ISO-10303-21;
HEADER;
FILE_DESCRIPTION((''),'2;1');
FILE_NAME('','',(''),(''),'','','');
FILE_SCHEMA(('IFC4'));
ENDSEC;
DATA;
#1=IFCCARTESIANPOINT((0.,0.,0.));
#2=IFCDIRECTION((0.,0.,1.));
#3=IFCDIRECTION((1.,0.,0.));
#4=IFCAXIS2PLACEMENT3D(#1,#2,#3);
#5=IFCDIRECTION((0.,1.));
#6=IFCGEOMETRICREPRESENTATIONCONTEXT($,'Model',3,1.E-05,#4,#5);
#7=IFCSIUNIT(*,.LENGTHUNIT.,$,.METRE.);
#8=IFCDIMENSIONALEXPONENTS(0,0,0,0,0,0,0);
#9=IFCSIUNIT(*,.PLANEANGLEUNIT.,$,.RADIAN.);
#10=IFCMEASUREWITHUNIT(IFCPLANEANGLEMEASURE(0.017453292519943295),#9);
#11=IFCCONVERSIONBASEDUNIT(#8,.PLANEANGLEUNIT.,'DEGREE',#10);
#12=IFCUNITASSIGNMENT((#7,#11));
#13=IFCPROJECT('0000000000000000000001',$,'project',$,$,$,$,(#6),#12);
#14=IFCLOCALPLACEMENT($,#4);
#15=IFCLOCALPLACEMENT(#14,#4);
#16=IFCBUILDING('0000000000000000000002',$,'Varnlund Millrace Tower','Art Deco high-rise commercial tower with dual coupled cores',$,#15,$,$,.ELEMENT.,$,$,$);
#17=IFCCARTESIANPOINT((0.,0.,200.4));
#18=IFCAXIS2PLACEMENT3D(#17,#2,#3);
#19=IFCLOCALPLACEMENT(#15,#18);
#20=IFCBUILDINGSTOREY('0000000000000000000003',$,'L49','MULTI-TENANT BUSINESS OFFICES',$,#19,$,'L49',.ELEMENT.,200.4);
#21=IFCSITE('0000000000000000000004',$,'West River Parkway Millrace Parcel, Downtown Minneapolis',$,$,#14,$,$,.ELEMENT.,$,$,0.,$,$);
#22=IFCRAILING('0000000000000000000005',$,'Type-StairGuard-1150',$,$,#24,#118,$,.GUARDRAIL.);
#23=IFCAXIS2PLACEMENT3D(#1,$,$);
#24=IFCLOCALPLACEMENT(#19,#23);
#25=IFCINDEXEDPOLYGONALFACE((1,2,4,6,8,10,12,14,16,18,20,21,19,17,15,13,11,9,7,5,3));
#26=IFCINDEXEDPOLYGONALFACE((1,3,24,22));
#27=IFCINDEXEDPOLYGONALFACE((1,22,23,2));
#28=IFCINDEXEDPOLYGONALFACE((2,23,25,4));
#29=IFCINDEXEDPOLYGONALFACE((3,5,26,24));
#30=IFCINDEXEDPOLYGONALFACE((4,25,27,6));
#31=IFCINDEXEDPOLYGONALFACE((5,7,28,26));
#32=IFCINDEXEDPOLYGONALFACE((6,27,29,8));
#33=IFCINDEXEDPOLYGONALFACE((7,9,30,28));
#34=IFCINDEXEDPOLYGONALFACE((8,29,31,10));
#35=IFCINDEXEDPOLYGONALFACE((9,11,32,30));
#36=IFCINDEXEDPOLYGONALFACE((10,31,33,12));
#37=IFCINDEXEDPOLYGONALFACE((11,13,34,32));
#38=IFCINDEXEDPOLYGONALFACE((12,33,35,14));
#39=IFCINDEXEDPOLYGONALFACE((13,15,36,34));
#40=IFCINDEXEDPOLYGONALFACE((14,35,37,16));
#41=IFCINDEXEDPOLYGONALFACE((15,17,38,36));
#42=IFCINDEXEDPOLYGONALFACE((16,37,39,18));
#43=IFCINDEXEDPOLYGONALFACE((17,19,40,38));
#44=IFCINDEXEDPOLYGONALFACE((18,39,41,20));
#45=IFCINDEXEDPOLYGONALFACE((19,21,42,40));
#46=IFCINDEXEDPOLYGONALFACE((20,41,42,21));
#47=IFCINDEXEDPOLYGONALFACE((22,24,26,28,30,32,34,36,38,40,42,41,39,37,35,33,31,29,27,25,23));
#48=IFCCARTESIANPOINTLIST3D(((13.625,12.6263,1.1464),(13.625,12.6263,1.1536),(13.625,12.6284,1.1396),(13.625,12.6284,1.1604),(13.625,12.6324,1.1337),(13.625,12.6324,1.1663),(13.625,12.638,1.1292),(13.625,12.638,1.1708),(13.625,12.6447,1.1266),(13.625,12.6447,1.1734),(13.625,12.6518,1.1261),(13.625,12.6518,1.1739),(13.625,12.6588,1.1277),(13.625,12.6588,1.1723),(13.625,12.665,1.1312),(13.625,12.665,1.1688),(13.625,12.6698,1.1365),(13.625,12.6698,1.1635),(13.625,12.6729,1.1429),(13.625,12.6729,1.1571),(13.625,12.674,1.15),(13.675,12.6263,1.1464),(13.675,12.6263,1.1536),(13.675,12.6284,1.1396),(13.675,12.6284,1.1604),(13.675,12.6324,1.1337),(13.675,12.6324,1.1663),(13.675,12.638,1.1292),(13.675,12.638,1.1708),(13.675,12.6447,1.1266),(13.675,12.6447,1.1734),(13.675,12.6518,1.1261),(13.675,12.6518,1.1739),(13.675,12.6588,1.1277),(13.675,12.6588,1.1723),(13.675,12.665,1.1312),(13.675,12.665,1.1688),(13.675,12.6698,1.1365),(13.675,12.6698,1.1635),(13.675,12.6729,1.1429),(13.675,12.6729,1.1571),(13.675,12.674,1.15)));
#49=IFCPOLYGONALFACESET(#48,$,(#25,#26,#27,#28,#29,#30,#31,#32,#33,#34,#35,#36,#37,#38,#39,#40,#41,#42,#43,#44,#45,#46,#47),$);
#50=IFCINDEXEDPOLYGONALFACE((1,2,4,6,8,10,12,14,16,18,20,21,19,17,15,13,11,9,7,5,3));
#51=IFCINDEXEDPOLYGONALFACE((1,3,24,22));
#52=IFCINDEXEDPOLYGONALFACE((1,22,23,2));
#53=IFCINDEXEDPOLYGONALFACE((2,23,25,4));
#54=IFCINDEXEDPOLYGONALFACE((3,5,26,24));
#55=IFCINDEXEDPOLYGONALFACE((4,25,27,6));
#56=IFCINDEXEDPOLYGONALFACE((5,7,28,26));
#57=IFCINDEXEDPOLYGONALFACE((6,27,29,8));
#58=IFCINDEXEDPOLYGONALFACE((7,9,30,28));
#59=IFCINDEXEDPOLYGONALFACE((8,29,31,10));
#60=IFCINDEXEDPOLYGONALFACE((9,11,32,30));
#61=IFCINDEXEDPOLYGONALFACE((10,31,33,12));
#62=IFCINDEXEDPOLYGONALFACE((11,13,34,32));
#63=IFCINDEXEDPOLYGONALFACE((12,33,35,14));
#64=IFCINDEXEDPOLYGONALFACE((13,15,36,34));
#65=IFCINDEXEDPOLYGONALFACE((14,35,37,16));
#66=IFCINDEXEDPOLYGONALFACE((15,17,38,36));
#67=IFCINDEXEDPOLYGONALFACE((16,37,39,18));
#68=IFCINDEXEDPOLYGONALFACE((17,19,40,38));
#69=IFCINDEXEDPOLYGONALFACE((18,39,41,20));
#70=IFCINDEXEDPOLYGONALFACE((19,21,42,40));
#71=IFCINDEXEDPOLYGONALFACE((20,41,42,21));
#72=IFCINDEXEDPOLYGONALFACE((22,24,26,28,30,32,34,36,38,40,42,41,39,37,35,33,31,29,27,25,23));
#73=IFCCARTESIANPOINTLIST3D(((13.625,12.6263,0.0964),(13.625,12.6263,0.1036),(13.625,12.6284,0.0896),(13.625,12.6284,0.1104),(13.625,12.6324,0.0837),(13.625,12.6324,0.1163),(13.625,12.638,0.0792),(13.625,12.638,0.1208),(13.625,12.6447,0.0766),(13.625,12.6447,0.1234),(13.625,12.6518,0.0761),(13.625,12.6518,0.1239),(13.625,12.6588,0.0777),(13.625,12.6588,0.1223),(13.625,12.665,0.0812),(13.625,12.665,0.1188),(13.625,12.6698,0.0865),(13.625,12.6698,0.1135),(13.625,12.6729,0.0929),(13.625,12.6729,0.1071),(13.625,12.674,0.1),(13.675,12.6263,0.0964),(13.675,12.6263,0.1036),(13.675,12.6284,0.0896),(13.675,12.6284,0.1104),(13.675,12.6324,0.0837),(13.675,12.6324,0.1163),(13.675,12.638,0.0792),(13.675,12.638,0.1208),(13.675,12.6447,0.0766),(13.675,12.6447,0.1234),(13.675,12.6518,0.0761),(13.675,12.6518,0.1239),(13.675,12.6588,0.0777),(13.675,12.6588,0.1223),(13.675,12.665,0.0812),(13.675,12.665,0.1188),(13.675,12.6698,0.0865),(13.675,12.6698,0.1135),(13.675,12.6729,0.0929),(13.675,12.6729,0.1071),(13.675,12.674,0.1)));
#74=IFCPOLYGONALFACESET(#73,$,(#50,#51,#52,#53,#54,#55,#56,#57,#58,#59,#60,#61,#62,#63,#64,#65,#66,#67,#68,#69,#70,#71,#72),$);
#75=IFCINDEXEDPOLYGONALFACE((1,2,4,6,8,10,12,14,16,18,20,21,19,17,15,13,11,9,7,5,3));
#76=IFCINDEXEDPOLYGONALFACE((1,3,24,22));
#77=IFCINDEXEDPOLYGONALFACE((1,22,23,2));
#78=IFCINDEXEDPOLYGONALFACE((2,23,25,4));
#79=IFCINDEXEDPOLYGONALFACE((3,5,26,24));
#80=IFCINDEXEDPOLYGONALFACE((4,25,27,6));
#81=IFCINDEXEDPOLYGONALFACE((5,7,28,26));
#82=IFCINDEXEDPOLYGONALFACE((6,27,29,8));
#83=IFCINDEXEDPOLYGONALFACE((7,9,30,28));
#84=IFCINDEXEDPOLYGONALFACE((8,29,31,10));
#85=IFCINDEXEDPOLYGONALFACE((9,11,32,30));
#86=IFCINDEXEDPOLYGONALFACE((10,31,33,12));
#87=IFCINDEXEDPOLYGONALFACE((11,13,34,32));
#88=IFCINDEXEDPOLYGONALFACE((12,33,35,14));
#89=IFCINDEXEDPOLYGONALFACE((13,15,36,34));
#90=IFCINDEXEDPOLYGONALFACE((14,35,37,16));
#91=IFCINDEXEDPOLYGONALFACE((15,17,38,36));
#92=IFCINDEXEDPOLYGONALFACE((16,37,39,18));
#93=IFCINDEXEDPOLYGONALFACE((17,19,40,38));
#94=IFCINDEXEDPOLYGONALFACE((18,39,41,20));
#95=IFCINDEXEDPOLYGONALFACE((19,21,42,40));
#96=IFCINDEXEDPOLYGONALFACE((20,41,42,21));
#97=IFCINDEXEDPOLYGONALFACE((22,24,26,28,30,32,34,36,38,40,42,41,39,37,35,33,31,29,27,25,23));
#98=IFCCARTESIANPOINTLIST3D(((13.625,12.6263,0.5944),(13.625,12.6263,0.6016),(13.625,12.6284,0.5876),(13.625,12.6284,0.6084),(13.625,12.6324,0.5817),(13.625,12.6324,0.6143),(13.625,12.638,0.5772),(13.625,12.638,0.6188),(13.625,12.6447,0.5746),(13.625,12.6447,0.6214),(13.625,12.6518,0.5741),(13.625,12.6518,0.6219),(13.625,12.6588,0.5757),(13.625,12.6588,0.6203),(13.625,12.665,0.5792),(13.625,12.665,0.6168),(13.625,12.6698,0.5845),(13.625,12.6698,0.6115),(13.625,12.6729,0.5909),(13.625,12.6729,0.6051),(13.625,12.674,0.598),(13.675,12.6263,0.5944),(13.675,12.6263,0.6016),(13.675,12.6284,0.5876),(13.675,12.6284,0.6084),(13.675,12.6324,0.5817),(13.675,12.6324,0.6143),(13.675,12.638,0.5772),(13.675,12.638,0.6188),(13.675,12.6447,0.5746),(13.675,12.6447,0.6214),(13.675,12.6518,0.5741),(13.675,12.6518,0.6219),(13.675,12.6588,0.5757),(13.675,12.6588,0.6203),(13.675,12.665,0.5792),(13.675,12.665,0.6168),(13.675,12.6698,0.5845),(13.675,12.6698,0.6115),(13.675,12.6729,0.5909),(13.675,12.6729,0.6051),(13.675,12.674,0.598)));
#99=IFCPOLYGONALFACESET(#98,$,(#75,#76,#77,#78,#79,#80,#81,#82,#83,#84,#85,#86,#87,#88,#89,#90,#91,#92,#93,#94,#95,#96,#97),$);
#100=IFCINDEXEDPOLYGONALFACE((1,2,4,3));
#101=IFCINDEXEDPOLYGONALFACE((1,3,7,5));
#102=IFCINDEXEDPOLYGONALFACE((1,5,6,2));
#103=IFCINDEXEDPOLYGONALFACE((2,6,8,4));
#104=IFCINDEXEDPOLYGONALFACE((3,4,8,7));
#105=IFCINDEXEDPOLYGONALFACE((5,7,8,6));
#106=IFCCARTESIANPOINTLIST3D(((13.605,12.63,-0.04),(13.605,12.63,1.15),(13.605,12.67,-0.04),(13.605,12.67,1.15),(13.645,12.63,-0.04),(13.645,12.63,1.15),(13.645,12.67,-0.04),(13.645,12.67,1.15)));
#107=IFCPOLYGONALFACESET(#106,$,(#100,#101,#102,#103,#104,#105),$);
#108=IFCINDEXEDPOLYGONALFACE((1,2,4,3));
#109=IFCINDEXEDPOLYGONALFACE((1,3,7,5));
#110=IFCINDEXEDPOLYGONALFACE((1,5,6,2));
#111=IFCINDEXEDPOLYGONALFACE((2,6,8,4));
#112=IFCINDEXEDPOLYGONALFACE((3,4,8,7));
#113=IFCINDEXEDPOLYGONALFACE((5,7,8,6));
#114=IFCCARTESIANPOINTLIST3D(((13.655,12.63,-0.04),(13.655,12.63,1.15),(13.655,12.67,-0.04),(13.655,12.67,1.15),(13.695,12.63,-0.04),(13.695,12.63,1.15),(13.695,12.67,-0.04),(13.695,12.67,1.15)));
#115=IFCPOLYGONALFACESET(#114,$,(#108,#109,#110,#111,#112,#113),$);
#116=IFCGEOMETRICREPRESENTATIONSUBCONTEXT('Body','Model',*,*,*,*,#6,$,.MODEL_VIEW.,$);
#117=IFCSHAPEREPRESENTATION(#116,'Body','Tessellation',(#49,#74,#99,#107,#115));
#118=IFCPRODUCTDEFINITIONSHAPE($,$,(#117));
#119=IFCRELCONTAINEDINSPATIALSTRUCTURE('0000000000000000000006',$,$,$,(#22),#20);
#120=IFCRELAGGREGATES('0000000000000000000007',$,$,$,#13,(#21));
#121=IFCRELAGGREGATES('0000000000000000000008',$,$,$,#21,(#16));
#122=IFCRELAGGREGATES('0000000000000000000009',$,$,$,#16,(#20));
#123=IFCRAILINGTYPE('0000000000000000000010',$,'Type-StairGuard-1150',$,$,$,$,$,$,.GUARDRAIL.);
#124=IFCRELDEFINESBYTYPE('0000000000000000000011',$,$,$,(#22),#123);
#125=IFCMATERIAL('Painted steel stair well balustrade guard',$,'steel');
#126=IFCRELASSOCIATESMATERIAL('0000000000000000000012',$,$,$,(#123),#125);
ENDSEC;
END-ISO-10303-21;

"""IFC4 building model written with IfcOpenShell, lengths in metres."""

from ifc_helpers import new_model, entity, si_unit, converted_unit, direction, frame, origin_with_axes, origin_2d_with_axis, place, context, subcontext, project, spatial, rectangle, circle, extrude, material, type_object, element, save


model = new_model("IFC4")

# Units and contexts
model_context = context("Model", 3, precision=1e-05, world=origin_with_axes(), true_north=direction((0.0, 1.0)))
body_context = subcontext(model_context, "Body", "Model", "MODEL_VIEW")
ifc_project = project(units=[si_unit("LENGTHUNIT", "METRE"), converted_unit("PLANEANGLEUNIT", "DEGREE", entity("IfcPlaneAngleMeasure", 0.017453292519943295), si_unit("PLANEANGLEUNIT", "RADIAN"), dimensions=[0, 0, 0, 0, 0, 0, 0])], contexts=[model_context])

# Site, building, storey
site_placement = place(None, origin_with_axes())
site = spatial("IfcSite", under=ifc_project, at=site_placement, Name="West River Parkway Millrace Parcel, Downtown Minneapolis", CompositionType="ELEMENT", RefElevation=0.0)
building_placement = place(site_placement, origin_with_axes())
building = spatial("IfcBuilding", under=site, at=building_placement, Name="Varnlund Millrace Tower", Description="Art Deco high-rise commercial tower with dual coupled cores", CompositionType="ELEMENT")
storey_placement = place(building_placement, frame((0.0, 0.0, 200.4), z_axis=(0.0, 0.0, 1.0), x_axis=(1.0, 0.0, 0.0)))
storey = spatial("IfcBuildingStorey", under=building, at=storey_placement, Name="L49", Description="MULTI-TENANT BUSINESS OFFICES", LongName="L49", CompositionType="ELEMENT", Elevation=200.4)

# Railing
ifc_material_1 = material(Name="Painted steel stair well balustrade guard", Category="steel")
railing_type_1 = type_object("IfcRailingType", Name="Type-StairGuard-1150", PredefinedType="GUARDRAIL", material=ifc_material_1)
railing_1_placement = place(storey_placement, frame((0.0, 0.0, -200.4), z_axis=(0.0, 0.0, 1.0), x_axis=(1.0, 0.0, 0.0)))
element("IfcRailing", 1, at=railing_1_placement, inside=storey, type_object=railing_type_1, Name="Type-StairGuard-1150", PredefinedType="GUARDRAIL", context=body_context, shape_type="SweptSolid", body=[
    extrude(circle(Radius=0.024, at=origin_2d_with_axis()), frame((13.625, 12.65, 201.55), z_axis=(1.0, 0.0, 0.0), x_axis=(0.0, 1.0, 0.0)), (0.0, 0.0, 1.0), 0.05),
    extrude(circle(Radius=0.024, at=origin_2d_with_axis()), frame((13.625, 12.65, 200.5), z_axis=(1.0, 0.0, 0.0), x_axis=(0.0, 1.0, 0.0)), (0.0, 0.0, 1.0), 0.05),
    extrude(circle(Radius=0.024, at=origin_2d_with_axis()), frame((13.625, 12.65, 200.998), z_axis=(1.0, 0.0, 0.0), x_axis=(0.0, 1.0, 0.0)), (0.0, 0.0, 1.0), 0.05),
    extrude(rectangle(XDim=0.04, YDim=0.04, at=origin_2d_with_axis()), frame((13.625, 12.65, 200.36), z_axis=(0.0, 0.0, 1.0), x_axis=(1.0, 0.0, 0.0)), (0.0, 0.0, 1.0), 1.19),
    extrude(rectangle(XDim=0.04, YDim=0.04, at=origin_2d_with_axis()), frame((13.675, 12.65, 200.36), z_axis=(0.0, 0.0, 1.0), x_axis=(1.0, 0.0, 0.0)), (0.0, 0.0, 1.0), 1.19),
])

save(model, "model.ifc")
